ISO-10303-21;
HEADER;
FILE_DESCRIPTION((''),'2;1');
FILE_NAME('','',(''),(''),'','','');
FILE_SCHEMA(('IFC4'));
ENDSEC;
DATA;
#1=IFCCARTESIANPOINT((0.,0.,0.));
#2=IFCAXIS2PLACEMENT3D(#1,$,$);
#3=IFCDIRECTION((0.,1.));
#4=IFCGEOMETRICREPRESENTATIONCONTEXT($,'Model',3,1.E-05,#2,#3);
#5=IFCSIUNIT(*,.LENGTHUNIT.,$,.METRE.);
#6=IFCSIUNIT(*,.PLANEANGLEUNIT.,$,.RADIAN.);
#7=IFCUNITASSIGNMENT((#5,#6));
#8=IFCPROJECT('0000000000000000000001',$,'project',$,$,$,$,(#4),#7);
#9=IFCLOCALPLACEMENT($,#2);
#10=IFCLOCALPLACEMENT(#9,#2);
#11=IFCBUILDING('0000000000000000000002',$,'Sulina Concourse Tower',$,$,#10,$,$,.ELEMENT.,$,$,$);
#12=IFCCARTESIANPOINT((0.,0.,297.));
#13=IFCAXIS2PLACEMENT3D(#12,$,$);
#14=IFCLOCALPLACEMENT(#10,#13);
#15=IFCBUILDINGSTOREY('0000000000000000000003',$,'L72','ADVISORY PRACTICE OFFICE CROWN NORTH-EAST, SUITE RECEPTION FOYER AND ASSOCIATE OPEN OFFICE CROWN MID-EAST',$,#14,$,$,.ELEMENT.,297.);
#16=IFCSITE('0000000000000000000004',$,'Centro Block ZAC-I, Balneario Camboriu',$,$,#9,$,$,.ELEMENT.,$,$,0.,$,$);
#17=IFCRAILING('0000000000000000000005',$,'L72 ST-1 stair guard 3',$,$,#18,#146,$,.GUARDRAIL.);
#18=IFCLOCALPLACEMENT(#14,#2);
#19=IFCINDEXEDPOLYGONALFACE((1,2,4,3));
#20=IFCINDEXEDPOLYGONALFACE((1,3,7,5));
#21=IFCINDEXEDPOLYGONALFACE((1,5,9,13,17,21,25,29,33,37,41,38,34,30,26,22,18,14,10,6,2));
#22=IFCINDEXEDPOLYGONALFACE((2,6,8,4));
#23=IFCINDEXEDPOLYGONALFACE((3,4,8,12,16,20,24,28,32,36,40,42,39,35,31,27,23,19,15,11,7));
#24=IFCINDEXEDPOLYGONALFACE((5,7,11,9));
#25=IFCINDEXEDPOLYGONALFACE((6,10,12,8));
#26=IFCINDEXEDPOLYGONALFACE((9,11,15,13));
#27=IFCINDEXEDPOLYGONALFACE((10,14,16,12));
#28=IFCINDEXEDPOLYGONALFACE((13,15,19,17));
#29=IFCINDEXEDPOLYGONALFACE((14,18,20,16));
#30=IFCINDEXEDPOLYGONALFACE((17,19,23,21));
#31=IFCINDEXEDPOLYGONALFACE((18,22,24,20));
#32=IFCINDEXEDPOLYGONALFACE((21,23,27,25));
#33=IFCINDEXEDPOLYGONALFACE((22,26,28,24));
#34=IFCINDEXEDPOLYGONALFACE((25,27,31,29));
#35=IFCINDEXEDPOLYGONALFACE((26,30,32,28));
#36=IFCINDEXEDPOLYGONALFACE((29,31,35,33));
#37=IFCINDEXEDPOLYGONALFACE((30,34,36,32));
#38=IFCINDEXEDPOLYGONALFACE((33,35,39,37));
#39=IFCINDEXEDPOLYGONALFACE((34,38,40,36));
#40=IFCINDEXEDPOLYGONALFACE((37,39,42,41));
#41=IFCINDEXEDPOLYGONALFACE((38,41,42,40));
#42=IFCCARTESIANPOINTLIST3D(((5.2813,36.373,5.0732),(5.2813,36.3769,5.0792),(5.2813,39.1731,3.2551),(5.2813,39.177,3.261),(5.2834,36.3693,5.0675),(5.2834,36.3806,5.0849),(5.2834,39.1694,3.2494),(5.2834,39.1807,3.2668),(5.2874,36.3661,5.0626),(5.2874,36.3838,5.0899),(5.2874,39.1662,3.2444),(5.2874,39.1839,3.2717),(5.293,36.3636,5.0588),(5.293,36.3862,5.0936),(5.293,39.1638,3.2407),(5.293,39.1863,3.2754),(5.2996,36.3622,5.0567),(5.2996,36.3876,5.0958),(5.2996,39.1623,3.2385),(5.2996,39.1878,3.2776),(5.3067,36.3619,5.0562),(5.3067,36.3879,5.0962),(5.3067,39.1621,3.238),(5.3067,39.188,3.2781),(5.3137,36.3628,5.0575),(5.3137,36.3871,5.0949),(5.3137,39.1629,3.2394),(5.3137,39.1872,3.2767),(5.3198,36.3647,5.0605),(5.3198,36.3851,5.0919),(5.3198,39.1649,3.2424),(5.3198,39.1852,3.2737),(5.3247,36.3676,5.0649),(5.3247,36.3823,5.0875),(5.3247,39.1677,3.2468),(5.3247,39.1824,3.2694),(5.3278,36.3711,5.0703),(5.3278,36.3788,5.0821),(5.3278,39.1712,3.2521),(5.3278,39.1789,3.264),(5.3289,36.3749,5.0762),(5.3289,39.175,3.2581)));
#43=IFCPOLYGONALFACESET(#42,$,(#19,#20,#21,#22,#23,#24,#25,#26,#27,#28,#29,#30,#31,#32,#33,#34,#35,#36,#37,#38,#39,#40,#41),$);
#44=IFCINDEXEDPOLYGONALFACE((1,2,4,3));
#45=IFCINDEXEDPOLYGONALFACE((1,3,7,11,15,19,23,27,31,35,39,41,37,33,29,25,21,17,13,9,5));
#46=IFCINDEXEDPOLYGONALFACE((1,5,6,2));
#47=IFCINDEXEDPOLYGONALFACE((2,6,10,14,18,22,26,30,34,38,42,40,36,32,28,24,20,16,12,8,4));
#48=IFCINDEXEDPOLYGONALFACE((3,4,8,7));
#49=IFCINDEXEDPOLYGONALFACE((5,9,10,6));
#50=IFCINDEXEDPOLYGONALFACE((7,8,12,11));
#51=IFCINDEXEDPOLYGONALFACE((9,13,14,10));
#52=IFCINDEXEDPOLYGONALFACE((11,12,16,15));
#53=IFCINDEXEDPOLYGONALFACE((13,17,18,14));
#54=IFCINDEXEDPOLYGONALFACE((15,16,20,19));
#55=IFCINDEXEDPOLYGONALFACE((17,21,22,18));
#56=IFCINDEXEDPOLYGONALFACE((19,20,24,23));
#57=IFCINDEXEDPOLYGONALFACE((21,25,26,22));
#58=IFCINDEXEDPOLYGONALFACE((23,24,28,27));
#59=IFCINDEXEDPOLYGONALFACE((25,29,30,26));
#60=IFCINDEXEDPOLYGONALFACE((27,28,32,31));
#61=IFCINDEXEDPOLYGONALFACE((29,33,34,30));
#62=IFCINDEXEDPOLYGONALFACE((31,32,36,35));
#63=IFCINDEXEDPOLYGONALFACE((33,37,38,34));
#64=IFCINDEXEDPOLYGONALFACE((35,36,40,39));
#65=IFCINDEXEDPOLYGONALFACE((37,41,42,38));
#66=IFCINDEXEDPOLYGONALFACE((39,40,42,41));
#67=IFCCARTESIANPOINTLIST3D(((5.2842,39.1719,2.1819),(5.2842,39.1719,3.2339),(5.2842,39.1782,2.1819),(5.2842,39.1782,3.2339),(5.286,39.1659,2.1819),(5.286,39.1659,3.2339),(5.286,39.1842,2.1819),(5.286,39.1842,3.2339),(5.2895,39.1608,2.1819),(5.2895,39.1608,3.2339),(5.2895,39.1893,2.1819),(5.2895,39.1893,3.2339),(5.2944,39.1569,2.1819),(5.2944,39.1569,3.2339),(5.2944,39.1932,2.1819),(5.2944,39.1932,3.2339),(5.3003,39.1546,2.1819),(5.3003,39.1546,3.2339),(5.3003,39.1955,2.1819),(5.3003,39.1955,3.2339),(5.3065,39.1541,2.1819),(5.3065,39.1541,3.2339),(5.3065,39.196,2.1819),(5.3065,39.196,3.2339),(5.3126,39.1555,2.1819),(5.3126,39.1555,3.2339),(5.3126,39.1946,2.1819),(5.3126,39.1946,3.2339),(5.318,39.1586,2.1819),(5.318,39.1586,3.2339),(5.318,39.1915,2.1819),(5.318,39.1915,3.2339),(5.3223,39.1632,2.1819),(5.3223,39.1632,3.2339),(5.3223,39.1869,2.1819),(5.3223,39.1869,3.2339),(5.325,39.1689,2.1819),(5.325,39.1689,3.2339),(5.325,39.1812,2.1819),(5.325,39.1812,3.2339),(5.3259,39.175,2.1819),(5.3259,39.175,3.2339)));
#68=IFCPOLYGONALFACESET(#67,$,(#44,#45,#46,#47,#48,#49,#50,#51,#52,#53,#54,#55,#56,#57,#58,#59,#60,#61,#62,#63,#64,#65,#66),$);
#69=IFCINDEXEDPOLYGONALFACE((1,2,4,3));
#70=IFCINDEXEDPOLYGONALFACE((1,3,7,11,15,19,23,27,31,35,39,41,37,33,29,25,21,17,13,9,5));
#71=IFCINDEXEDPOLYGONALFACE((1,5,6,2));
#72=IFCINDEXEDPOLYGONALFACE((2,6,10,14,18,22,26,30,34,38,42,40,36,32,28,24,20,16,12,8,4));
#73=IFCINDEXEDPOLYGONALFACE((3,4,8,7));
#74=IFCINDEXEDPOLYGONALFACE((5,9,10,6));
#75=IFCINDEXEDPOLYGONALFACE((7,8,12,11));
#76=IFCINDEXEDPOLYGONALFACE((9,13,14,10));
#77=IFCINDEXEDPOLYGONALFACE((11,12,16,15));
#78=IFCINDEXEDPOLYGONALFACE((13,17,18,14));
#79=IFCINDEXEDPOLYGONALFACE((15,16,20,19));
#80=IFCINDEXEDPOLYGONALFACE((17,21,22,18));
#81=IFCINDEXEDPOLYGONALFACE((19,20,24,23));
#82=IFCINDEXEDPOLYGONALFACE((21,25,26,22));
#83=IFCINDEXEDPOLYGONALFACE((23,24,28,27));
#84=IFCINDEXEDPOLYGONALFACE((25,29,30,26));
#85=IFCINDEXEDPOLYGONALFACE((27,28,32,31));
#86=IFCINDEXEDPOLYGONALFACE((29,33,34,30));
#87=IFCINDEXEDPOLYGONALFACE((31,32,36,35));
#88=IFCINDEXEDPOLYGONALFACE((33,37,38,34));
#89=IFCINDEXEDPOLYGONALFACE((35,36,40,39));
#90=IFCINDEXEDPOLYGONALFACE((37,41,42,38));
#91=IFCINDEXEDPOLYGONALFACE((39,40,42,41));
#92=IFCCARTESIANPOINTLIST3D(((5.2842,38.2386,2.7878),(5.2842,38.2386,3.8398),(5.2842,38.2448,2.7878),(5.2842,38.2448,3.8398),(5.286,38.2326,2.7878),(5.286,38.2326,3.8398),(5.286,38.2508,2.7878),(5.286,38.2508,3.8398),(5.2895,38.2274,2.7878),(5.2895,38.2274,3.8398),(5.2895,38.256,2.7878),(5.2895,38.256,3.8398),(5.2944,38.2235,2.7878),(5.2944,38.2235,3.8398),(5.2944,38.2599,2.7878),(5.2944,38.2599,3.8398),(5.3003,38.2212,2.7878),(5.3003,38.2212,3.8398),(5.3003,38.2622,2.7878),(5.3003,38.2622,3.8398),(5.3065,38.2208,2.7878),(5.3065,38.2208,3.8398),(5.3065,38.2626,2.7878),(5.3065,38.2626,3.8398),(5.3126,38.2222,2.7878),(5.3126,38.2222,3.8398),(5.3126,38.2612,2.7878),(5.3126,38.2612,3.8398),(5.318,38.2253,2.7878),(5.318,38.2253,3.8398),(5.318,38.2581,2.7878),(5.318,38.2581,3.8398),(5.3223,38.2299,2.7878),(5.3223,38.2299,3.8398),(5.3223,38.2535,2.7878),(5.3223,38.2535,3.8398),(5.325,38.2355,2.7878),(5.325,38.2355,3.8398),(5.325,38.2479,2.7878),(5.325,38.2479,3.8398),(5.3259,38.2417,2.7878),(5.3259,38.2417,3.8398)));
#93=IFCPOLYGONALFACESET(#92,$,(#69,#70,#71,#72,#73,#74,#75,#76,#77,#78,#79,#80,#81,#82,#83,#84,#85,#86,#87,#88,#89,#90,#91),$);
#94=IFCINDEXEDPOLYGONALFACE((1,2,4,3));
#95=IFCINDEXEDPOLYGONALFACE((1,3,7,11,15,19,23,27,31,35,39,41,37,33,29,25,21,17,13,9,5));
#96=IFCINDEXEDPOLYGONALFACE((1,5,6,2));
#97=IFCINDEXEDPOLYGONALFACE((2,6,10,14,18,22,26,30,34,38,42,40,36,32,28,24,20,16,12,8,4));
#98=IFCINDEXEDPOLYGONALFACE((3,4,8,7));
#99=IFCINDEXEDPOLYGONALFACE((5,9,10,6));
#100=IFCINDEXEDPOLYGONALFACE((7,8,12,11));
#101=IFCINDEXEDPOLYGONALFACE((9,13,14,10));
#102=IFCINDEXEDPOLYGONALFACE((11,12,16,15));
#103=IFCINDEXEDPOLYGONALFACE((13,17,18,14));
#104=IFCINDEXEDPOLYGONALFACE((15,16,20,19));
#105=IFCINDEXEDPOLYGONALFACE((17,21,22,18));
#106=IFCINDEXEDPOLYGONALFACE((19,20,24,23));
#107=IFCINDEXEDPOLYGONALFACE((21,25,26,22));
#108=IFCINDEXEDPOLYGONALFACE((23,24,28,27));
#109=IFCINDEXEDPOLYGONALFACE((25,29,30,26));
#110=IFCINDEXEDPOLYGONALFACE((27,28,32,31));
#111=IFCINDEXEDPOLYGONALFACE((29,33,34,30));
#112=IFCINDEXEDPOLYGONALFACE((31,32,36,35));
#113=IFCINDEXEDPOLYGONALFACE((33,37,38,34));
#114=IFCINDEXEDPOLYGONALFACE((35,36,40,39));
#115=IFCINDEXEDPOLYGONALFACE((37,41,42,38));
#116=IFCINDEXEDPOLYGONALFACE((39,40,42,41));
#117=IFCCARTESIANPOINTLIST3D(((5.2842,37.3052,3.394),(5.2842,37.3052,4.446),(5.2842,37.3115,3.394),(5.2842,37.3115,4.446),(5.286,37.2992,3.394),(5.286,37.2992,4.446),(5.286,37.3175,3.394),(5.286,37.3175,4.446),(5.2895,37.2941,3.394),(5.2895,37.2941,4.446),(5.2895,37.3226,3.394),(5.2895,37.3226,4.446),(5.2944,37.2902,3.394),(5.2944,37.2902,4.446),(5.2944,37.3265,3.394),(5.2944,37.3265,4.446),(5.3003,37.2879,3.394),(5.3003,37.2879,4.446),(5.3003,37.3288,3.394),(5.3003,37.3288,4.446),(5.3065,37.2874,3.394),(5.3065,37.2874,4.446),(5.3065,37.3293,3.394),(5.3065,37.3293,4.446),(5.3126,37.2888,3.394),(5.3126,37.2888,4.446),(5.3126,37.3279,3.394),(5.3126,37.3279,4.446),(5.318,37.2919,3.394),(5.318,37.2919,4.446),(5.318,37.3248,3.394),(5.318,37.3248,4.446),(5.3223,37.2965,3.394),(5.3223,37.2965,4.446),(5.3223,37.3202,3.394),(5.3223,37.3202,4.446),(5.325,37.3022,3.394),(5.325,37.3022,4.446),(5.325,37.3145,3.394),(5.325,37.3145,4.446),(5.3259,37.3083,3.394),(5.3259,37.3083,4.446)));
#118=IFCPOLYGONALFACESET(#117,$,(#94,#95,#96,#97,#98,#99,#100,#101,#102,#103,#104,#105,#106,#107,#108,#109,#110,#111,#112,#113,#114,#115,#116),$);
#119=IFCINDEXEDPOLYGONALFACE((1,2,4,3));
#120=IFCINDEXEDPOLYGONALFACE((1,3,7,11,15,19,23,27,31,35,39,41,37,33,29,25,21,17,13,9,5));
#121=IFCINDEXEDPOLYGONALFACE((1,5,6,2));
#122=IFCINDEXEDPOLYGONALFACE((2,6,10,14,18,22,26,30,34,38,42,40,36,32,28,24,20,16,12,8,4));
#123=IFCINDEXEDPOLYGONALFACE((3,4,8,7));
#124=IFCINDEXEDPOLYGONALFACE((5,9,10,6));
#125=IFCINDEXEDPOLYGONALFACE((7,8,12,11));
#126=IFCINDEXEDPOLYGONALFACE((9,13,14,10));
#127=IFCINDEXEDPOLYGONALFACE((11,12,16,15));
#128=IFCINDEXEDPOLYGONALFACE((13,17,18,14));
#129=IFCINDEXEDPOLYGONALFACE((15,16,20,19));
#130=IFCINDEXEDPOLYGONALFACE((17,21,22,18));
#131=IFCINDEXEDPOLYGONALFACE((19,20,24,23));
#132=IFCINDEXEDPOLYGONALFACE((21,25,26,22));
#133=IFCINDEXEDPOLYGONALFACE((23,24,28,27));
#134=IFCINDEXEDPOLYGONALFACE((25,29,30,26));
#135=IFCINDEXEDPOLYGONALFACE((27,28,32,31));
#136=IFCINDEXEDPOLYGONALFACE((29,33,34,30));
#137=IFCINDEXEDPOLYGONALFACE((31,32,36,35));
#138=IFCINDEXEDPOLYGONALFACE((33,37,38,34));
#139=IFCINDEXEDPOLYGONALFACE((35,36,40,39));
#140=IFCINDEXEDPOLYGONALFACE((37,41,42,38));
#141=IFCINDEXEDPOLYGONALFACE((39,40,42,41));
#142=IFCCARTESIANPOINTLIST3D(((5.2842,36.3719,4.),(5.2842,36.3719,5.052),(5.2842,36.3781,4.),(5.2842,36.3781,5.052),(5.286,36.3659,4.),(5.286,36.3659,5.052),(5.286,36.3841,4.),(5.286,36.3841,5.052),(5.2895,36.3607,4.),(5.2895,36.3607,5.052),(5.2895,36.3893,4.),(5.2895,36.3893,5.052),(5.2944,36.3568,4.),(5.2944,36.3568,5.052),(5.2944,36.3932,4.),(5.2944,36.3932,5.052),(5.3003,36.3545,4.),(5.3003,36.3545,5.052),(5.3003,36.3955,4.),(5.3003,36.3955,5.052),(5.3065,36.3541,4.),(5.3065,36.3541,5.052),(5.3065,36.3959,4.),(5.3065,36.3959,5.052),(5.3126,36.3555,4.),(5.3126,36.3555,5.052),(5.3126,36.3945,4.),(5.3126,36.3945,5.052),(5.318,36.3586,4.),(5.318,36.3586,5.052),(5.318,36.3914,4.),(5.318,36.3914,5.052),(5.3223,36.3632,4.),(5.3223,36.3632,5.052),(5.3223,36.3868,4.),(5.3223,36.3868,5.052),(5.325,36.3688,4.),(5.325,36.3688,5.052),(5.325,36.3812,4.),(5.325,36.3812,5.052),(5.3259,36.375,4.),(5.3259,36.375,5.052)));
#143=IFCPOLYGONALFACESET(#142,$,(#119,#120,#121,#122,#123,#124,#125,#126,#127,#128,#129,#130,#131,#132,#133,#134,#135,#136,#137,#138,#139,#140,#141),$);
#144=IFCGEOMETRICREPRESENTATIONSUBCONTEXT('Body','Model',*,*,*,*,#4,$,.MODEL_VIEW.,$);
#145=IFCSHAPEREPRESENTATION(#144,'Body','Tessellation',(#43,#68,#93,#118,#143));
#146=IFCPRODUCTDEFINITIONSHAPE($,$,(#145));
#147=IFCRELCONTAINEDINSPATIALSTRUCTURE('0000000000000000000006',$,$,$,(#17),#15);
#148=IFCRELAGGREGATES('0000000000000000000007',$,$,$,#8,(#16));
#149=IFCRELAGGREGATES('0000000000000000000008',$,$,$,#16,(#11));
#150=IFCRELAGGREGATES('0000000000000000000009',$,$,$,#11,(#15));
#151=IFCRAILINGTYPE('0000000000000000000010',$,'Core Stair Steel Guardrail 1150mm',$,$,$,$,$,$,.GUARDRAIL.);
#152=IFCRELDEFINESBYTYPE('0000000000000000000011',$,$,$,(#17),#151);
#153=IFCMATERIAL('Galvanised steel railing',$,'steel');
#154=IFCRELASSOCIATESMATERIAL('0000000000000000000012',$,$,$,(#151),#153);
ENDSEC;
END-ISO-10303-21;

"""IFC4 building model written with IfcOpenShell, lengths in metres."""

from ifc_helpers import new_model, si_unit, direction, frame, origin, origin_2d, place, context, subcontext, project, spatial, circle, extrude, material, type_object, element, save


model = new_model("IFC4")

# Units and contexts
model_context = context("Model", 3, precision=1e-05, world=origin(), true_north=direction((0.0, 1.0)))
body_context = subcontext(model_context, "Body", "Model", "MODEL_VIEW")
ifc_project = project(units=[si_unit("LENGTHUNIT", "METRE"), si_unit("PLANEANGLEUNIT", "RADIAN")], contexts=[model_context])

# Site, building, storey
site_placement = place(None, origin())
site = spatial("IfcSite", under=ifc_project, at=site_placement, Name="Centro Block ZAC-I, Balneario Camboriu", CompositionType="ELEMENT", RefElevation=0.0)
building_placement = place(site_placement, origin())
building = spatial("IfcBuilding", under=site, at=building_placement, Name="Sulina Concourse Tower", CompositionType="ELEMENT")
storey_placement = place(building_placement, frame((0.0, 0.0, 297.0)))
storey = spatial("IfcBuildingStorey", under=building, at=storey_placement, Name="L72", Description="ADVISORY PRACTICE OFFICE CROWN NORTH-EAST, SUITE RECEPTION FOYER AND ASSOCIATE OPEN OFFICE CROWN MID-EAST", CompositionType="ELEMENT", Elevation=297.0)

# Railing
ifc_material_1 = material(Name="Galvanised steel railing", Category="steel")
railing_type_1 = type_object("IfcRailingType", Name="Core Stair Steel Guardrail 1150mm", PredefinedType="GUARDRAIL", material=ifc_material_1)
railing_1_placement = place(storey_placement, frame((5.3049, 39.175, 2.1819)))
element("IfcRailing", 1, at=railing_1_placement, inside=storey, type_object=railing_type_1, Name="L72 ST-1 stair guard 3", PredefinedType="GUARDRAIL", context=body_context, shape_type="SweptSolid", body=[
    extrude(circle(Radius=0.0239, at=origin_2d()), frame((0.0, 0.0, 1.0762), z_axis=(0.0, -0.838706, 0.544585), x_axis=(1.0, 0.0, 0.0)), (0.0, 0.0, 1.0), 3.3386),
    extrude(circle(Radius=0.021, at=origin_2d()), origin(), (0.0, 0.0, 1.0), 1.052),
    extrude(circle(Radius=0.021, at=origin_2d()), frame((0.0, -0.9333, 0.606)), (0.0, 0.0, 1.0), 1.052),
    extrude(circle(Radius=0.021, at=origin_2d()), frame((0.0, -1.8667, 1.2122)), (0.0, 0.0, 1.0), 1.052),
    extrude(circle(Radius=0.021, at=origin_2d()), frame((0.0, -2.8, 1.8181)), (0.0, 0.0, 1.0), 1.052),
])

save(model, "model.ifc")
